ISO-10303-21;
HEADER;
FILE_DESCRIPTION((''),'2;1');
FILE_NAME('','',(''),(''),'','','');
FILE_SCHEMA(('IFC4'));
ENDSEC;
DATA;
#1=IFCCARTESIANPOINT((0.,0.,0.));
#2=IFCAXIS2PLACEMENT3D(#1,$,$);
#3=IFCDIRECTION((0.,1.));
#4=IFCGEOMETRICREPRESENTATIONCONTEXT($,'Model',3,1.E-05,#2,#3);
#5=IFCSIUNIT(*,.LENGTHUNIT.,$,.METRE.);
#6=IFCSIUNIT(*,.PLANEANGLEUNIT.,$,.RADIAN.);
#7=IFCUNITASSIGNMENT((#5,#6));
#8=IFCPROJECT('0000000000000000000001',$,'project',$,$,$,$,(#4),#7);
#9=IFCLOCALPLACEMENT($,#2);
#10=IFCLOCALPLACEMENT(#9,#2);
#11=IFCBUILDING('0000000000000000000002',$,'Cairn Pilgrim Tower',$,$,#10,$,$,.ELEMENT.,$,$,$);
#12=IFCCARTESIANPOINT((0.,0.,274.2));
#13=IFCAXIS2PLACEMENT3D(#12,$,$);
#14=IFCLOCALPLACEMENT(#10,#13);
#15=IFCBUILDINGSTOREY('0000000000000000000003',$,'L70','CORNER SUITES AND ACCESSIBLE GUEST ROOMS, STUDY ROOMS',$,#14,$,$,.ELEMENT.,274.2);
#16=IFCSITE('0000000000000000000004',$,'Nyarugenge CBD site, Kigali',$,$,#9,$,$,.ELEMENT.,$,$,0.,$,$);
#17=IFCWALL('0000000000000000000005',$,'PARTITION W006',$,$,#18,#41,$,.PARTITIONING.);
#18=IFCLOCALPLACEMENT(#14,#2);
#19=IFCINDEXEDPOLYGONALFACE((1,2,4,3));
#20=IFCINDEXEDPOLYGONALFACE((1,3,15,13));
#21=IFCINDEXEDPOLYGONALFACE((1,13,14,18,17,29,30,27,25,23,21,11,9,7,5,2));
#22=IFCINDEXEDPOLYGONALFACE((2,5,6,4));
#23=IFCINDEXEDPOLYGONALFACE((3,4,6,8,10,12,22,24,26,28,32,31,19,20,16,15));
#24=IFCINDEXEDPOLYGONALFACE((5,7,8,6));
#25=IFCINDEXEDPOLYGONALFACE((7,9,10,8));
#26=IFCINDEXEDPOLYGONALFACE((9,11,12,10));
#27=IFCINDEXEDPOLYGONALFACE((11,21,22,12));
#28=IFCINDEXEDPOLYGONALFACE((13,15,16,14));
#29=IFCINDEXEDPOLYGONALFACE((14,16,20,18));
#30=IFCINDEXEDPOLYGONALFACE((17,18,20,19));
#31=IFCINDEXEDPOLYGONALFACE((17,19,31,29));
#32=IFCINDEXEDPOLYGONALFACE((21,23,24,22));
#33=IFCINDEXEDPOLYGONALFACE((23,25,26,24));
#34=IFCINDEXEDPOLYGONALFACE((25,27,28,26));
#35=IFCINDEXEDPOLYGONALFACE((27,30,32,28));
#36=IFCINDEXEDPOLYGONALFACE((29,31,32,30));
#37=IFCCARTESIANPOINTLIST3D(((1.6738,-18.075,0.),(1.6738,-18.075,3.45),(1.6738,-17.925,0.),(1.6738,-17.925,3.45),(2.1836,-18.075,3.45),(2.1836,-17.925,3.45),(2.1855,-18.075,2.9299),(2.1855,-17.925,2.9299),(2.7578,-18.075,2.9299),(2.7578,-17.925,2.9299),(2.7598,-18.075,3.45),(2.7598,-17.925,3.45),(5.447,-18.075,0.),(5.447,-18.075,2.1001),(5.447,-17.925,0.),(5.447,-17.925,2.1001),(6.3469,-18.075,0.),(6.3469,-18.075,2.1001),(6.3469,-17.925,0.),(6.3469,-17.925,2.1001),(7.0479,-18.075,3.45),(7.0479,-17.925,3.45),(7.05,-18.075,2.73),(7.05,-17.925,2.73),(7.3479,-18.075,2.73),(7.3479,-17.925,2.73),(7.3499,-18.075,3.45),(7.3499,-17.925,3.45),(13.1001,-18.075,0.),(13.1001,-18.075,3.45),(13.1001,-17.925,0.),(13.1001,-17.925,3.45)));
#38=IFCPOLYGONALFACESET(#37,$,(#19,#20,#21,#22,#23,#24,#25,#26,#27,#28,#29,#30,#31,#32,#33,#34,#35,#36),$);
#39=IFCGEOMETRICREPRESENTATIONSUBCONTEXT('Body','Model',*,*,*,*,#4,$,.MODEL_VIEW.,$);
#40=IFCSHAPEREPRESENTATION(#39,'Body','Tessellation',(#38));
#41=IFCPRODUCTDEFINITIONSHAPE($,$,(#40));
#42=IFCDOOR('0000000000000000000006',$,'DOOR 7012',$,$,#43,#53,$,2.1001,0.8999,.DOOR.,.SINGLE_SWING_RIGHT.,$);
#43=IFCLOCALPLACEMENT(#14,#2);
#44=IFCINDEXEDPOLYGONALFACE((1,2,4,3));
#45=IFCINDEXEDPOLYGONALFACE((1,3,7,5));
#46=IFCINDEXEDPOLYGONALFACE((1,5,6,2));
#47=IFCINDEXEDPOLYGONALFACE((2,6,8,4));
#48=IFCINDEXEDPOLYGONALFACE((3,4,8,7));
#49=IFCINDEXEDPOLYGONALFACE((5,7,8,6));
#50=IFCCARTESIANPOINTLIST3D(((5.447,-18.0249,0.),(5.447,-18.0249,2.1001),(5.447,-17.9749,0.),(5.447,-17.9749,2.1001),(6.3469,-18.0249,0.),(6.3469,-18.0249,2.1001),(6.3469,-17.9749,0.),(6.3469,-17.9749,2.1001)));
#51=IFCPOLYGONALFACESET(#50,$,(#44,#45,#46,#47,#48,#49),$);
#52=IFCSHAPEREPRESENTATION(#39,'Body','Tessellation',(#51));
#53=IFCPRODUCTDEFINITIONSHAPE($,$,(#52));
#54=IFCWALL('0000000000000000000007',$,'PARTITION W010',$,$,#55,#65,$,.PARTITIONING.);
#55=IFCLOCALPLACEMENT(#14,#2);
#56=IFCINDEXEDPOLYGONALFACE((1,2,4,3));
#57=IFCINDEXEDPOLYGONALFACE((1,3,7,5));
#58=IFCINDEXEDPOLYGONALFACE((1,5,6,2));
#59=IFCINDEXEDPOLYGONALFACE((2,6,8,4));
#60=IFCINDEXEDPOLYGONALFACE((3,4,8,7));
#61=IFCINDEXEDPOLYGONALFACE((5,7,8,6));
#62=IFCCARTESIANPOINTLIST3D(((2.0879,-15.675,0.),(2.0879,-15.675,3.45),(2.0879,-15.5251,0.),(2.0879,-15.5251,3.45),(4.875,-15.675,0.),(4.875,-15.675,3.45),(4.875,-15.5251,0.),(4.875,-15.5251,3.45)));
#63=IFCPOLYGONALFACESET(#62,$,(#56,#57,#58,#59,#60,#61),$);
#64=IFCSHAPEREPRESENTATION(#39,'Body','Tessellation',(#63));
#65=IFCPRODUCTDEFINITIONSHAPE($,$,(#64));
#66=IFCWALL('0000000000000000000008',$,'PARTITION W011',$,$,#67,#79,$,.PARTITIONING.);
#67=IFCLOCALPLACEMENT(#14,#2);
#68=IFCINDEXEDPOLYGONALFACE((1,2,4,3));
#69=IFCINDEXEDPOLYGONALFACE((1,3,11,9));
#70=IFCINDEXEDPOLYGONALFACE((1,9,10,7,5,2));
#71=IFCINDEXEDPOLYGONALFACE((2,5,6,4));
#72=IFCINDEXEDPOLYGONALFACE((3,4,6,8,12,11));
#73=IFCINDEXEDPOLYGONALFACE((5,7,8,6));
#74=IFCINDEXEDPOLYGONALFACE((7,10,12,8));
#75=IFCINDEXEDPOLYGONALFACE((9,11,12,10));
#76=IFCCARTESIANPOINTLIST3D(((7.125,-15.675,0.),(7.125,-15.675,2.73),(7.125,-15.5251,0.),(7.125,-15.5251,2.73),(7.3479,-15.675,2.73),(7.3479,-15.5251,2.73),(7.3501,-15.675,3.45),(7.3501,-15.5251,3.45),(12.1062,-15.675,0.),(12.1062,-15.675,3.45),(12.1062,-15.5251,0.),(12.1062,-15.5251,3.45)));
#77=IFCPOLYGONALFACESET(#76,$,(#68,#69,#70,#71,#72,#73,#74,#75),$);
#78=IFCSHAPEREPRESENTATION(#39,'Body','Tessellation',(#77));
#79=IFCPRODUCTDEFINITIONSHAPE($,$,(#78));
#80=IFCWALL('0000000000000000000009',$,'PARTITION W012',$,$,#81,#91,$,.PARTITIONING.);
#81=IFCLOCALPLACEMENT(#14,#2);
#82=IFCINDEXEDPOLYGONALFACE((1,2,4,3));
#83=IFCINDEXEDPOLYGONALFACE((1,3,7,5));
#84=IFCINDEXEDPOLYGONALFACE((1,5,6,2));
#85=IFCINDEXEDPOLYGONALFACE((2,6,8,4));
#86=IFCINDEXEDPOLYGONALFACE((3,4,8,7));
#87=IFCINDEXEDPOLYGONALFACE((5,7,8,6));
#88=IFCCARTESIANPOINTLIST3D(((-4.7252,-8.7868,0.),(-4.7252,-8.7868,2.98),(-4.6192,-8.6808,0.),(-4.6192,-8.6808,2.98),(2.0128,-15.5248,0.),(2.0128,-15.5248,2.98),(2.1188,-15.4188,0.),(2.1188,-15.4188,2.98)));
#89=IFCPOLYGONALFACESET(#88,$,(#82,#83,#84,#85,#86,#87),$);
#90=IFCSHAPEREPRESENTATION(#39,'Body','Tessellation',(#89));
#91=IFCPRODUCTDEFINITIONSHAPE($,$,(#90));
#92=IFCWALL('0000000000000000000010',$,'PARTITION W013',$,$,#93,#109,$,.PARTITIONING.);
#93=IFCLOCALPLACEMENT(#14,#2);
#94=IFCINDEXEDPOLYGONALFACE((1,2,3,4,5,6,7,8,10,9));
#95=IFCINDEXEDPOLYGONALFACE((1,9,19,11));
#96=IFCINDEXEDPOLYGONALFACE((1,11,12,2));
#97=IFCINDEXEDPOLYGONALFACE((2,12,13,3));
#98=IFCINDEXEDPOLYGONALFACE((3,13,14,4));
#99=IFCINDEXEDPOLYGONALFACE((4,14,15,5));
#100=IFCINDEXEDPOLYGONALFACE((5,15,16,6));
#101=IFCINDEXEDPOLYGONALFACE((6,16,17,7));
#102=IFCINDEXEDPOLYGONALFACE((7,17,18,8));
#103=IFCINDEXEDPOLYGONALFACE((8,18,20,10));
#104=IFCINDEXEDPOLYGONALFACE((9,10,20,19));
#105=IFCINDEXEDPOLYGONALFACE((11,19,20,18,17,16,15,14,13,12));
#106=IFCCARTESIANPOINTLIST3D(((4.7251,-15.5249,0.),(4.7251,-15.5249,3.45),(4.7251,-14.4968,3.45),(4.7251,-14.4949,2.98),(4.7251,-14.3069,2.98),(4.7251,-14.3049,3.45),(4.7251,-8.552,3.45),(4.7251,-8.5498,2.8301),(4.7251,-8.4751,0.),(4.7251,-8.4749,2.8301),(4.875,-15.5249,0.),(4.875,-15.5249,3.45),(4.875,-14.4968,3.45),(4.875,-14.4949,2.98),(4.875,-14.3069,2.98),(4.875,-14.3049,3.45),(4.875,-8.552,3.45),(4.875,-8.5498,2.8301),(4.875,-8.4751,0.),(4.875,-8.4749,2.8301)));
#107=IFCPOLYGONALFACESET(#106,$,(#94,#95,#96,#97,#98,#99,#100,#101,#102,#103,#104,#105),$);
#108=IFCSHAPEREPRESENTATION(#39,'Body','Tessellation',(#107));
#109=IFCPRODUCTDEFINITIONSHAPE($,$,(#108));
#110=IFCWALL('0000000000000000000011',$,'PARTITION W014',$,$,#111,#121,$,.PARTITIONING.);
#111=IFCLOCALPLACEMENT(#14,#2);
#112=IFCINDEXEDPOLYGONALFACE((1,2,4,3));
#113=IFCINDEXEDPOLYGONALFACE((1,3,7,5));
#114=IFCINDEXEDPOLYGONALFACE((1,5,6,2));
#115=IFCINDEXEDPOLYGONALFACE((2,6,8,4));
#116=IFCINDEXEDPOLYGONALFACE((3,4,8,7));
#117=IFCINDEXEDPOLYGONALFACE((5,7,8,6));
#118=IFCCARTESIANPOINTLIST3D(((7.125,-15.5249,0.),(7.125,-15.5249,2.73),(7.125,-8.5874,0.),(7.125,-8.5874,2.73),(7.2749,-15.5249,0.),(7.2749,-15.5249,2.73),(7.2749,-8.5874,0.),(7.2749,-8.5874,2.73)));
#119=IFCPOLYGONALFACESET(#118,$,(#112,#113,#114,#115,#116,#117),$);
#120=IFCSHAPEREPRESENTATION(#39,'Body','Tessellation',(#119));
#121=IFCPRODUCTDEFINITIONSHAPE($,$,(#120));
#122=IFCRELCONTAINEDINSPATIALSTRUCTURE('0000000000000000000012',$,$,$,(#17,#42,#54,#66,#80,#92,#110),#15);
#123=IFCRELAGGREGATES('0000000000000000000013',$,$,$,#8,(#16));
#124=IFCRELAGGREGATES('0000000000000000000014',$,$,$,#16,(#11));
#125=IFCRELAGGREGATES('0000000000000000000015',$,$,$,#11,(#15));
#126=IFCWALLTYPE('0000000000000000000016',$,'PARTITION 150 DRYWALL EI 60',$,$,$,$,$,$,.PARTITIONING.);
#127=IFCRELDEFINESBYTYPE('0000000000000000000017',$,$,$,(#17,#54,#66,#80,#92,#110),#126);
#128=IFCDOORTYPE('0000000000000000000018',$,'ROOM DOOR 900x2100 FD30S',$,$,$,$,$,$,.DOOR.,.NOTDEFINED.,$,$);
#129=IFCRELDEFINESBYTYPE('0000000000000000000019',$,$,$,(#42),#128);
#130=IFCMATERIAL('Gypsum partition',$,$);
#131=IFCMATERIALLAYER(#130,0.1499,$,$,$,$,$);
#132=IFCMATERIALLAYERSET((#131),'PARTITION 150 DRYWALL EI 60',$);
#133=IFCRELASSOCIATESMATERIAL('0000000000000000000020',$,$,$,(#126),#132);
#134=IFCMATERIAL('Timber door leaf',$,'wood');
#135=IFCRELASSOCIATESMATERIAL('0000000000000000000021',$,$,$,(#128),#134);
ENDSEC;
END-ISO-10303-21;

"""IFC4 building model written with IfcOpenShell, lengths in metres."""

from ifc_helpers import new_model, si_unit, direction, frame, frame_2d, origin, place, context, subcontext, project, spatial, polyline, rectangle, outline, extrude, material, layer, layer_set, type_object, element, fill, save


model = new_model("IFC4")

# Units and contexts
model_context = context("Model", 3, precision=1e-05, world=origin(), true_north=direction((0.0, 1.0)))
body_context = subcontext(model_context, "Body", "Model", "MODEL_VIEW")
ifc_project = project(units=[si_unit("LENGTHUNIT", "METRE"), si_unit("PLANEANGLEUNIT", "RADIAN")], contexts=[model_context])

# Site, building, storey
site_placement = place(None, origin())
site = spatial("IfcSite", under=ifc_project, at=site_placement, Name="Nyarugenge CBD site, Kigali", CompositionType="ELEMENT", RefElevation=0.0)
building_placement = place(site_placement, origin())
building = spatial("IfcBuilding", under=site, at=building_placement, Name="Cairn Pilgrim Tower", CompositionType="ELEMENT")
storey_placement = place(building_placement, frame((0.0, 0.0, 274.2)))
storey = spatial("IfcBuildingStorey", under=building, at=storey_placement, Name="L70", Description="CORNER SUITES AND ACCESSIBLE GUEST ROOMS, STUDY ROOMS", CompositionType="ELEMENT", Elevation=274.2)

# Shared definitions
ifc_material_1 = material(Name="Gypsum partition")
ifc_material_2 = material(Name="Timber door leaf", Category="wood")

# Wall, opening, door
ifc_layer_1 = layer(ifc_material_1, 0.1499)
ifc_layer_set_1 = layer_set([ifc_layer_1], Name="PARTITION 150 DRYWALL EI 60")
wall_type_1 = type_object("IfcWallType", Name="PARTITION 150 DRYWALL EI 60", PredefinedType="PARTITIONING", material=ifc_layer_set_1)
wall_1_placement = place(storey_placement, frame((1.6738, -18.0, 0.0), z_axis=(0.0, 0.0, 1.0), x_axis=(1.0, 0.0, 0.0)))
wall_1 = element("IfcWall", 1, at=wall_1_placement, inside=storey, type_object=wall_type_1, Name="PARTITION W006", PredefinedType="PARTITIONING", context=body_context, shape_type="SweptSolid", body=[
    extrude(outline(polyline([(0.0, 0.0), (11.4263, 0.0), (11.4263, 3.45), (5.676, 3.45), (5.6741, 2.73), (5.3762, 2.73), (5.374, 3.45), (1.0859, 3.45), (1.084, 2.9299), (0.5117, 2.9299), (0.5098, 3.45), (0.0, 3.45), (0.0, 0.0)])), frame((0.0, 0.075, 0.0), z_axis=(0.0, -1.0, 0.0), x_axis=(1.0, 0.0, 0.0)), (0.0, 0.0, 1.0), 0.1499),
])
opening_1_placement = place(wall_1_placement, frame((3.7732, 0.0, 0.0)))
opening_1 = element("IfcOpeningElement", 2, at=opening_1_placement, cuts=wall_1, PredefinedType="OPENING", context=body_context, shape_type="SweptSolid", body=[
    extrude(rectangle(XDim=0.8999, YDim=2.1001, at=frame_2d((0.45, 1.05))), frame((0.0, 0.085, 0.0), z_axis=(0.0, -1.0, 0.0), x_axis=(1.0, 0.0, 0.0)), (0.0, 0.0, 1.0), 0.1699),
])
door_type_1 = type_object("IfcDoorType", Name="ROOM DOOR 900x2100 FD30S", OperationType="NOTDEFINED", PredefinedType="DOOR", material=ifc_material_2)
door_1_placement = place(opening_1_placement, frame((0.8999, 0.0, 0.0), z_axis=(0.0, 0.0, 1.0), x_axis=(-1.0, 0.0, 0.0)))
door_1 = element("IfcDoor", 3, at=door_1_placement, inside=storey, type_object=door_type_1, Name="DOOR 7012", OperationType="SINGLE_SWING_RIGHT", OverallHeight=2.1001, OverallWidth=0.8999, PredefinedType="DOOR", context=body_context, shape_type="SweptSolid", body=[
    extrude(rectangle(XDim=0.8999, YDim=2.1001, at=frame_2d((0.45, 1.05))), frame((0.0, 0.0249, 0.0), z_axis=(0.0, -1.0, 0.0), x_axis=(1.0, 0.0, 0.0)), (0.0, 0.0, 1.0), 0.05),
])
fill(opening_1, door_1)

# Walls
wall_2_placement = place(storey_placement, frame((2.0879, -15.6001, 0.0), z_axis=(0.0, 0.0, 1.0), x_axis=(1.0, 0.0, 0.0)))
element("IfcWall", 4, at=wall_2_placement, inside=storey, type_object=wall_type_1, Name="PARTITION W010", PredefinedType="PARTITIONING", context=body_context, shape_type="SweptSolid", body=[
    extrude(rectangle(XDim=2.7871, YDim=0.1499, at=frame_2d((1.3936, 0.0))), origin(), (0.0, 0.0, 1.0), 3.45),
])
wall_3_placement = place(storey_placement, frame((7.125, -15.6001, 0.0), z_axis=(0.0, 0.0, 1.0), x_axis=(1.0, 0.0, 0.0)))
element("IfcWall", 5, at=wall_3_placement, inside=storey, type_object=wall_type_1, Name="PARTITION W011", PredefinedType="PARTITIONING", context=body_context, shape_type="SweptSolid", body=[
    extrude(outline(polyline([(0.0, 0.0), (4.9812, 0.0), (4.9812, 3.45), (0.2251, 3.45), (0.2229, 2.73), (0.0, 2.73), (0.0, 0.0)])), frame((0.0, 0.075, 0.0), z_axis=(0.0, -1.0, 0.0), x_axis=(1.0, 0.0, 0.0)), (0.0, 0.0, 1.0), 0.1499),
])
wall_4_placement = place(storey_placement, frame((2.0659, -15.4719, 0.0), z_axis=(0.0, 0.0, 1.0), x_axis=(-0.707107, 0.707107, 0.0)))
element("IfcWall", 6, at=wall_4_placement, inside=storey, type_object=wall_type_1, Name="PARTITION W012", PredefinedType="PARTITIONING", context=body_context, shape_type="SweptSolid", body=[
    extrude(rectangle(XDim=9.5291, YDim=0.1499, at=frame_2d((4.7646, 0.0))), origin(), (0.0, 0.0, 1.0), 2.98),
])
wall_5_placement = place(storey_placement, frame((4.8, -15.5249, 0.0), z_axis=(0.0, 0.0, 1.0), x_axis=(0.0, 1.0, 0.0)))
element("IfcWall", 7, at=wall_5_placement, inside=storey, type_object=wall_type_1, Name="PARTITION W013", PredefinedType="PARTITIONING", context=body_context, shape_type="SweptSolid", body=[
    extrude(outline(polyline([(0.0, 0.0), (7.0498, 0.0), (7.05, 2.8301), (6.9751, 2.8301), (6.9729, 3.45), (1.22, 3.45), (1.218, 2.98), (1.03, 2.98), (1.0281, 3.45), (0.0, 3.45), (0.0, 0.0)])), frame((0.0, 0.075, 0.0), z_axis=(0.0, -1.0, 0.0), x_axis=(1.0, 0.0, 0.0)), (0.0, 0.0, 1.0), 0.1499),
])
wall_6_placement = place(storey_placement, frame((7.2, -15.5249, 0.0), z_axis=(0.0, 0.0, 1.0), x_axis=(0.0, 1.0, 0.0)))
element("IfcWall", 8, at=wall_6_placement, inside=storey, type_object=wall_type_1, Name="PARTITION W014", PredefinedType="PARTITIONING", context=body_context, shape_type="SweptSolid", body=[
    extrude(rectangle(XDim=6.9375, YDim=0.1499, at=frame_2d((3.4688, 0.0))), origin(), (0.0, 0.0, 1.0), 2.73),
])

save(model, "model.ifc")
